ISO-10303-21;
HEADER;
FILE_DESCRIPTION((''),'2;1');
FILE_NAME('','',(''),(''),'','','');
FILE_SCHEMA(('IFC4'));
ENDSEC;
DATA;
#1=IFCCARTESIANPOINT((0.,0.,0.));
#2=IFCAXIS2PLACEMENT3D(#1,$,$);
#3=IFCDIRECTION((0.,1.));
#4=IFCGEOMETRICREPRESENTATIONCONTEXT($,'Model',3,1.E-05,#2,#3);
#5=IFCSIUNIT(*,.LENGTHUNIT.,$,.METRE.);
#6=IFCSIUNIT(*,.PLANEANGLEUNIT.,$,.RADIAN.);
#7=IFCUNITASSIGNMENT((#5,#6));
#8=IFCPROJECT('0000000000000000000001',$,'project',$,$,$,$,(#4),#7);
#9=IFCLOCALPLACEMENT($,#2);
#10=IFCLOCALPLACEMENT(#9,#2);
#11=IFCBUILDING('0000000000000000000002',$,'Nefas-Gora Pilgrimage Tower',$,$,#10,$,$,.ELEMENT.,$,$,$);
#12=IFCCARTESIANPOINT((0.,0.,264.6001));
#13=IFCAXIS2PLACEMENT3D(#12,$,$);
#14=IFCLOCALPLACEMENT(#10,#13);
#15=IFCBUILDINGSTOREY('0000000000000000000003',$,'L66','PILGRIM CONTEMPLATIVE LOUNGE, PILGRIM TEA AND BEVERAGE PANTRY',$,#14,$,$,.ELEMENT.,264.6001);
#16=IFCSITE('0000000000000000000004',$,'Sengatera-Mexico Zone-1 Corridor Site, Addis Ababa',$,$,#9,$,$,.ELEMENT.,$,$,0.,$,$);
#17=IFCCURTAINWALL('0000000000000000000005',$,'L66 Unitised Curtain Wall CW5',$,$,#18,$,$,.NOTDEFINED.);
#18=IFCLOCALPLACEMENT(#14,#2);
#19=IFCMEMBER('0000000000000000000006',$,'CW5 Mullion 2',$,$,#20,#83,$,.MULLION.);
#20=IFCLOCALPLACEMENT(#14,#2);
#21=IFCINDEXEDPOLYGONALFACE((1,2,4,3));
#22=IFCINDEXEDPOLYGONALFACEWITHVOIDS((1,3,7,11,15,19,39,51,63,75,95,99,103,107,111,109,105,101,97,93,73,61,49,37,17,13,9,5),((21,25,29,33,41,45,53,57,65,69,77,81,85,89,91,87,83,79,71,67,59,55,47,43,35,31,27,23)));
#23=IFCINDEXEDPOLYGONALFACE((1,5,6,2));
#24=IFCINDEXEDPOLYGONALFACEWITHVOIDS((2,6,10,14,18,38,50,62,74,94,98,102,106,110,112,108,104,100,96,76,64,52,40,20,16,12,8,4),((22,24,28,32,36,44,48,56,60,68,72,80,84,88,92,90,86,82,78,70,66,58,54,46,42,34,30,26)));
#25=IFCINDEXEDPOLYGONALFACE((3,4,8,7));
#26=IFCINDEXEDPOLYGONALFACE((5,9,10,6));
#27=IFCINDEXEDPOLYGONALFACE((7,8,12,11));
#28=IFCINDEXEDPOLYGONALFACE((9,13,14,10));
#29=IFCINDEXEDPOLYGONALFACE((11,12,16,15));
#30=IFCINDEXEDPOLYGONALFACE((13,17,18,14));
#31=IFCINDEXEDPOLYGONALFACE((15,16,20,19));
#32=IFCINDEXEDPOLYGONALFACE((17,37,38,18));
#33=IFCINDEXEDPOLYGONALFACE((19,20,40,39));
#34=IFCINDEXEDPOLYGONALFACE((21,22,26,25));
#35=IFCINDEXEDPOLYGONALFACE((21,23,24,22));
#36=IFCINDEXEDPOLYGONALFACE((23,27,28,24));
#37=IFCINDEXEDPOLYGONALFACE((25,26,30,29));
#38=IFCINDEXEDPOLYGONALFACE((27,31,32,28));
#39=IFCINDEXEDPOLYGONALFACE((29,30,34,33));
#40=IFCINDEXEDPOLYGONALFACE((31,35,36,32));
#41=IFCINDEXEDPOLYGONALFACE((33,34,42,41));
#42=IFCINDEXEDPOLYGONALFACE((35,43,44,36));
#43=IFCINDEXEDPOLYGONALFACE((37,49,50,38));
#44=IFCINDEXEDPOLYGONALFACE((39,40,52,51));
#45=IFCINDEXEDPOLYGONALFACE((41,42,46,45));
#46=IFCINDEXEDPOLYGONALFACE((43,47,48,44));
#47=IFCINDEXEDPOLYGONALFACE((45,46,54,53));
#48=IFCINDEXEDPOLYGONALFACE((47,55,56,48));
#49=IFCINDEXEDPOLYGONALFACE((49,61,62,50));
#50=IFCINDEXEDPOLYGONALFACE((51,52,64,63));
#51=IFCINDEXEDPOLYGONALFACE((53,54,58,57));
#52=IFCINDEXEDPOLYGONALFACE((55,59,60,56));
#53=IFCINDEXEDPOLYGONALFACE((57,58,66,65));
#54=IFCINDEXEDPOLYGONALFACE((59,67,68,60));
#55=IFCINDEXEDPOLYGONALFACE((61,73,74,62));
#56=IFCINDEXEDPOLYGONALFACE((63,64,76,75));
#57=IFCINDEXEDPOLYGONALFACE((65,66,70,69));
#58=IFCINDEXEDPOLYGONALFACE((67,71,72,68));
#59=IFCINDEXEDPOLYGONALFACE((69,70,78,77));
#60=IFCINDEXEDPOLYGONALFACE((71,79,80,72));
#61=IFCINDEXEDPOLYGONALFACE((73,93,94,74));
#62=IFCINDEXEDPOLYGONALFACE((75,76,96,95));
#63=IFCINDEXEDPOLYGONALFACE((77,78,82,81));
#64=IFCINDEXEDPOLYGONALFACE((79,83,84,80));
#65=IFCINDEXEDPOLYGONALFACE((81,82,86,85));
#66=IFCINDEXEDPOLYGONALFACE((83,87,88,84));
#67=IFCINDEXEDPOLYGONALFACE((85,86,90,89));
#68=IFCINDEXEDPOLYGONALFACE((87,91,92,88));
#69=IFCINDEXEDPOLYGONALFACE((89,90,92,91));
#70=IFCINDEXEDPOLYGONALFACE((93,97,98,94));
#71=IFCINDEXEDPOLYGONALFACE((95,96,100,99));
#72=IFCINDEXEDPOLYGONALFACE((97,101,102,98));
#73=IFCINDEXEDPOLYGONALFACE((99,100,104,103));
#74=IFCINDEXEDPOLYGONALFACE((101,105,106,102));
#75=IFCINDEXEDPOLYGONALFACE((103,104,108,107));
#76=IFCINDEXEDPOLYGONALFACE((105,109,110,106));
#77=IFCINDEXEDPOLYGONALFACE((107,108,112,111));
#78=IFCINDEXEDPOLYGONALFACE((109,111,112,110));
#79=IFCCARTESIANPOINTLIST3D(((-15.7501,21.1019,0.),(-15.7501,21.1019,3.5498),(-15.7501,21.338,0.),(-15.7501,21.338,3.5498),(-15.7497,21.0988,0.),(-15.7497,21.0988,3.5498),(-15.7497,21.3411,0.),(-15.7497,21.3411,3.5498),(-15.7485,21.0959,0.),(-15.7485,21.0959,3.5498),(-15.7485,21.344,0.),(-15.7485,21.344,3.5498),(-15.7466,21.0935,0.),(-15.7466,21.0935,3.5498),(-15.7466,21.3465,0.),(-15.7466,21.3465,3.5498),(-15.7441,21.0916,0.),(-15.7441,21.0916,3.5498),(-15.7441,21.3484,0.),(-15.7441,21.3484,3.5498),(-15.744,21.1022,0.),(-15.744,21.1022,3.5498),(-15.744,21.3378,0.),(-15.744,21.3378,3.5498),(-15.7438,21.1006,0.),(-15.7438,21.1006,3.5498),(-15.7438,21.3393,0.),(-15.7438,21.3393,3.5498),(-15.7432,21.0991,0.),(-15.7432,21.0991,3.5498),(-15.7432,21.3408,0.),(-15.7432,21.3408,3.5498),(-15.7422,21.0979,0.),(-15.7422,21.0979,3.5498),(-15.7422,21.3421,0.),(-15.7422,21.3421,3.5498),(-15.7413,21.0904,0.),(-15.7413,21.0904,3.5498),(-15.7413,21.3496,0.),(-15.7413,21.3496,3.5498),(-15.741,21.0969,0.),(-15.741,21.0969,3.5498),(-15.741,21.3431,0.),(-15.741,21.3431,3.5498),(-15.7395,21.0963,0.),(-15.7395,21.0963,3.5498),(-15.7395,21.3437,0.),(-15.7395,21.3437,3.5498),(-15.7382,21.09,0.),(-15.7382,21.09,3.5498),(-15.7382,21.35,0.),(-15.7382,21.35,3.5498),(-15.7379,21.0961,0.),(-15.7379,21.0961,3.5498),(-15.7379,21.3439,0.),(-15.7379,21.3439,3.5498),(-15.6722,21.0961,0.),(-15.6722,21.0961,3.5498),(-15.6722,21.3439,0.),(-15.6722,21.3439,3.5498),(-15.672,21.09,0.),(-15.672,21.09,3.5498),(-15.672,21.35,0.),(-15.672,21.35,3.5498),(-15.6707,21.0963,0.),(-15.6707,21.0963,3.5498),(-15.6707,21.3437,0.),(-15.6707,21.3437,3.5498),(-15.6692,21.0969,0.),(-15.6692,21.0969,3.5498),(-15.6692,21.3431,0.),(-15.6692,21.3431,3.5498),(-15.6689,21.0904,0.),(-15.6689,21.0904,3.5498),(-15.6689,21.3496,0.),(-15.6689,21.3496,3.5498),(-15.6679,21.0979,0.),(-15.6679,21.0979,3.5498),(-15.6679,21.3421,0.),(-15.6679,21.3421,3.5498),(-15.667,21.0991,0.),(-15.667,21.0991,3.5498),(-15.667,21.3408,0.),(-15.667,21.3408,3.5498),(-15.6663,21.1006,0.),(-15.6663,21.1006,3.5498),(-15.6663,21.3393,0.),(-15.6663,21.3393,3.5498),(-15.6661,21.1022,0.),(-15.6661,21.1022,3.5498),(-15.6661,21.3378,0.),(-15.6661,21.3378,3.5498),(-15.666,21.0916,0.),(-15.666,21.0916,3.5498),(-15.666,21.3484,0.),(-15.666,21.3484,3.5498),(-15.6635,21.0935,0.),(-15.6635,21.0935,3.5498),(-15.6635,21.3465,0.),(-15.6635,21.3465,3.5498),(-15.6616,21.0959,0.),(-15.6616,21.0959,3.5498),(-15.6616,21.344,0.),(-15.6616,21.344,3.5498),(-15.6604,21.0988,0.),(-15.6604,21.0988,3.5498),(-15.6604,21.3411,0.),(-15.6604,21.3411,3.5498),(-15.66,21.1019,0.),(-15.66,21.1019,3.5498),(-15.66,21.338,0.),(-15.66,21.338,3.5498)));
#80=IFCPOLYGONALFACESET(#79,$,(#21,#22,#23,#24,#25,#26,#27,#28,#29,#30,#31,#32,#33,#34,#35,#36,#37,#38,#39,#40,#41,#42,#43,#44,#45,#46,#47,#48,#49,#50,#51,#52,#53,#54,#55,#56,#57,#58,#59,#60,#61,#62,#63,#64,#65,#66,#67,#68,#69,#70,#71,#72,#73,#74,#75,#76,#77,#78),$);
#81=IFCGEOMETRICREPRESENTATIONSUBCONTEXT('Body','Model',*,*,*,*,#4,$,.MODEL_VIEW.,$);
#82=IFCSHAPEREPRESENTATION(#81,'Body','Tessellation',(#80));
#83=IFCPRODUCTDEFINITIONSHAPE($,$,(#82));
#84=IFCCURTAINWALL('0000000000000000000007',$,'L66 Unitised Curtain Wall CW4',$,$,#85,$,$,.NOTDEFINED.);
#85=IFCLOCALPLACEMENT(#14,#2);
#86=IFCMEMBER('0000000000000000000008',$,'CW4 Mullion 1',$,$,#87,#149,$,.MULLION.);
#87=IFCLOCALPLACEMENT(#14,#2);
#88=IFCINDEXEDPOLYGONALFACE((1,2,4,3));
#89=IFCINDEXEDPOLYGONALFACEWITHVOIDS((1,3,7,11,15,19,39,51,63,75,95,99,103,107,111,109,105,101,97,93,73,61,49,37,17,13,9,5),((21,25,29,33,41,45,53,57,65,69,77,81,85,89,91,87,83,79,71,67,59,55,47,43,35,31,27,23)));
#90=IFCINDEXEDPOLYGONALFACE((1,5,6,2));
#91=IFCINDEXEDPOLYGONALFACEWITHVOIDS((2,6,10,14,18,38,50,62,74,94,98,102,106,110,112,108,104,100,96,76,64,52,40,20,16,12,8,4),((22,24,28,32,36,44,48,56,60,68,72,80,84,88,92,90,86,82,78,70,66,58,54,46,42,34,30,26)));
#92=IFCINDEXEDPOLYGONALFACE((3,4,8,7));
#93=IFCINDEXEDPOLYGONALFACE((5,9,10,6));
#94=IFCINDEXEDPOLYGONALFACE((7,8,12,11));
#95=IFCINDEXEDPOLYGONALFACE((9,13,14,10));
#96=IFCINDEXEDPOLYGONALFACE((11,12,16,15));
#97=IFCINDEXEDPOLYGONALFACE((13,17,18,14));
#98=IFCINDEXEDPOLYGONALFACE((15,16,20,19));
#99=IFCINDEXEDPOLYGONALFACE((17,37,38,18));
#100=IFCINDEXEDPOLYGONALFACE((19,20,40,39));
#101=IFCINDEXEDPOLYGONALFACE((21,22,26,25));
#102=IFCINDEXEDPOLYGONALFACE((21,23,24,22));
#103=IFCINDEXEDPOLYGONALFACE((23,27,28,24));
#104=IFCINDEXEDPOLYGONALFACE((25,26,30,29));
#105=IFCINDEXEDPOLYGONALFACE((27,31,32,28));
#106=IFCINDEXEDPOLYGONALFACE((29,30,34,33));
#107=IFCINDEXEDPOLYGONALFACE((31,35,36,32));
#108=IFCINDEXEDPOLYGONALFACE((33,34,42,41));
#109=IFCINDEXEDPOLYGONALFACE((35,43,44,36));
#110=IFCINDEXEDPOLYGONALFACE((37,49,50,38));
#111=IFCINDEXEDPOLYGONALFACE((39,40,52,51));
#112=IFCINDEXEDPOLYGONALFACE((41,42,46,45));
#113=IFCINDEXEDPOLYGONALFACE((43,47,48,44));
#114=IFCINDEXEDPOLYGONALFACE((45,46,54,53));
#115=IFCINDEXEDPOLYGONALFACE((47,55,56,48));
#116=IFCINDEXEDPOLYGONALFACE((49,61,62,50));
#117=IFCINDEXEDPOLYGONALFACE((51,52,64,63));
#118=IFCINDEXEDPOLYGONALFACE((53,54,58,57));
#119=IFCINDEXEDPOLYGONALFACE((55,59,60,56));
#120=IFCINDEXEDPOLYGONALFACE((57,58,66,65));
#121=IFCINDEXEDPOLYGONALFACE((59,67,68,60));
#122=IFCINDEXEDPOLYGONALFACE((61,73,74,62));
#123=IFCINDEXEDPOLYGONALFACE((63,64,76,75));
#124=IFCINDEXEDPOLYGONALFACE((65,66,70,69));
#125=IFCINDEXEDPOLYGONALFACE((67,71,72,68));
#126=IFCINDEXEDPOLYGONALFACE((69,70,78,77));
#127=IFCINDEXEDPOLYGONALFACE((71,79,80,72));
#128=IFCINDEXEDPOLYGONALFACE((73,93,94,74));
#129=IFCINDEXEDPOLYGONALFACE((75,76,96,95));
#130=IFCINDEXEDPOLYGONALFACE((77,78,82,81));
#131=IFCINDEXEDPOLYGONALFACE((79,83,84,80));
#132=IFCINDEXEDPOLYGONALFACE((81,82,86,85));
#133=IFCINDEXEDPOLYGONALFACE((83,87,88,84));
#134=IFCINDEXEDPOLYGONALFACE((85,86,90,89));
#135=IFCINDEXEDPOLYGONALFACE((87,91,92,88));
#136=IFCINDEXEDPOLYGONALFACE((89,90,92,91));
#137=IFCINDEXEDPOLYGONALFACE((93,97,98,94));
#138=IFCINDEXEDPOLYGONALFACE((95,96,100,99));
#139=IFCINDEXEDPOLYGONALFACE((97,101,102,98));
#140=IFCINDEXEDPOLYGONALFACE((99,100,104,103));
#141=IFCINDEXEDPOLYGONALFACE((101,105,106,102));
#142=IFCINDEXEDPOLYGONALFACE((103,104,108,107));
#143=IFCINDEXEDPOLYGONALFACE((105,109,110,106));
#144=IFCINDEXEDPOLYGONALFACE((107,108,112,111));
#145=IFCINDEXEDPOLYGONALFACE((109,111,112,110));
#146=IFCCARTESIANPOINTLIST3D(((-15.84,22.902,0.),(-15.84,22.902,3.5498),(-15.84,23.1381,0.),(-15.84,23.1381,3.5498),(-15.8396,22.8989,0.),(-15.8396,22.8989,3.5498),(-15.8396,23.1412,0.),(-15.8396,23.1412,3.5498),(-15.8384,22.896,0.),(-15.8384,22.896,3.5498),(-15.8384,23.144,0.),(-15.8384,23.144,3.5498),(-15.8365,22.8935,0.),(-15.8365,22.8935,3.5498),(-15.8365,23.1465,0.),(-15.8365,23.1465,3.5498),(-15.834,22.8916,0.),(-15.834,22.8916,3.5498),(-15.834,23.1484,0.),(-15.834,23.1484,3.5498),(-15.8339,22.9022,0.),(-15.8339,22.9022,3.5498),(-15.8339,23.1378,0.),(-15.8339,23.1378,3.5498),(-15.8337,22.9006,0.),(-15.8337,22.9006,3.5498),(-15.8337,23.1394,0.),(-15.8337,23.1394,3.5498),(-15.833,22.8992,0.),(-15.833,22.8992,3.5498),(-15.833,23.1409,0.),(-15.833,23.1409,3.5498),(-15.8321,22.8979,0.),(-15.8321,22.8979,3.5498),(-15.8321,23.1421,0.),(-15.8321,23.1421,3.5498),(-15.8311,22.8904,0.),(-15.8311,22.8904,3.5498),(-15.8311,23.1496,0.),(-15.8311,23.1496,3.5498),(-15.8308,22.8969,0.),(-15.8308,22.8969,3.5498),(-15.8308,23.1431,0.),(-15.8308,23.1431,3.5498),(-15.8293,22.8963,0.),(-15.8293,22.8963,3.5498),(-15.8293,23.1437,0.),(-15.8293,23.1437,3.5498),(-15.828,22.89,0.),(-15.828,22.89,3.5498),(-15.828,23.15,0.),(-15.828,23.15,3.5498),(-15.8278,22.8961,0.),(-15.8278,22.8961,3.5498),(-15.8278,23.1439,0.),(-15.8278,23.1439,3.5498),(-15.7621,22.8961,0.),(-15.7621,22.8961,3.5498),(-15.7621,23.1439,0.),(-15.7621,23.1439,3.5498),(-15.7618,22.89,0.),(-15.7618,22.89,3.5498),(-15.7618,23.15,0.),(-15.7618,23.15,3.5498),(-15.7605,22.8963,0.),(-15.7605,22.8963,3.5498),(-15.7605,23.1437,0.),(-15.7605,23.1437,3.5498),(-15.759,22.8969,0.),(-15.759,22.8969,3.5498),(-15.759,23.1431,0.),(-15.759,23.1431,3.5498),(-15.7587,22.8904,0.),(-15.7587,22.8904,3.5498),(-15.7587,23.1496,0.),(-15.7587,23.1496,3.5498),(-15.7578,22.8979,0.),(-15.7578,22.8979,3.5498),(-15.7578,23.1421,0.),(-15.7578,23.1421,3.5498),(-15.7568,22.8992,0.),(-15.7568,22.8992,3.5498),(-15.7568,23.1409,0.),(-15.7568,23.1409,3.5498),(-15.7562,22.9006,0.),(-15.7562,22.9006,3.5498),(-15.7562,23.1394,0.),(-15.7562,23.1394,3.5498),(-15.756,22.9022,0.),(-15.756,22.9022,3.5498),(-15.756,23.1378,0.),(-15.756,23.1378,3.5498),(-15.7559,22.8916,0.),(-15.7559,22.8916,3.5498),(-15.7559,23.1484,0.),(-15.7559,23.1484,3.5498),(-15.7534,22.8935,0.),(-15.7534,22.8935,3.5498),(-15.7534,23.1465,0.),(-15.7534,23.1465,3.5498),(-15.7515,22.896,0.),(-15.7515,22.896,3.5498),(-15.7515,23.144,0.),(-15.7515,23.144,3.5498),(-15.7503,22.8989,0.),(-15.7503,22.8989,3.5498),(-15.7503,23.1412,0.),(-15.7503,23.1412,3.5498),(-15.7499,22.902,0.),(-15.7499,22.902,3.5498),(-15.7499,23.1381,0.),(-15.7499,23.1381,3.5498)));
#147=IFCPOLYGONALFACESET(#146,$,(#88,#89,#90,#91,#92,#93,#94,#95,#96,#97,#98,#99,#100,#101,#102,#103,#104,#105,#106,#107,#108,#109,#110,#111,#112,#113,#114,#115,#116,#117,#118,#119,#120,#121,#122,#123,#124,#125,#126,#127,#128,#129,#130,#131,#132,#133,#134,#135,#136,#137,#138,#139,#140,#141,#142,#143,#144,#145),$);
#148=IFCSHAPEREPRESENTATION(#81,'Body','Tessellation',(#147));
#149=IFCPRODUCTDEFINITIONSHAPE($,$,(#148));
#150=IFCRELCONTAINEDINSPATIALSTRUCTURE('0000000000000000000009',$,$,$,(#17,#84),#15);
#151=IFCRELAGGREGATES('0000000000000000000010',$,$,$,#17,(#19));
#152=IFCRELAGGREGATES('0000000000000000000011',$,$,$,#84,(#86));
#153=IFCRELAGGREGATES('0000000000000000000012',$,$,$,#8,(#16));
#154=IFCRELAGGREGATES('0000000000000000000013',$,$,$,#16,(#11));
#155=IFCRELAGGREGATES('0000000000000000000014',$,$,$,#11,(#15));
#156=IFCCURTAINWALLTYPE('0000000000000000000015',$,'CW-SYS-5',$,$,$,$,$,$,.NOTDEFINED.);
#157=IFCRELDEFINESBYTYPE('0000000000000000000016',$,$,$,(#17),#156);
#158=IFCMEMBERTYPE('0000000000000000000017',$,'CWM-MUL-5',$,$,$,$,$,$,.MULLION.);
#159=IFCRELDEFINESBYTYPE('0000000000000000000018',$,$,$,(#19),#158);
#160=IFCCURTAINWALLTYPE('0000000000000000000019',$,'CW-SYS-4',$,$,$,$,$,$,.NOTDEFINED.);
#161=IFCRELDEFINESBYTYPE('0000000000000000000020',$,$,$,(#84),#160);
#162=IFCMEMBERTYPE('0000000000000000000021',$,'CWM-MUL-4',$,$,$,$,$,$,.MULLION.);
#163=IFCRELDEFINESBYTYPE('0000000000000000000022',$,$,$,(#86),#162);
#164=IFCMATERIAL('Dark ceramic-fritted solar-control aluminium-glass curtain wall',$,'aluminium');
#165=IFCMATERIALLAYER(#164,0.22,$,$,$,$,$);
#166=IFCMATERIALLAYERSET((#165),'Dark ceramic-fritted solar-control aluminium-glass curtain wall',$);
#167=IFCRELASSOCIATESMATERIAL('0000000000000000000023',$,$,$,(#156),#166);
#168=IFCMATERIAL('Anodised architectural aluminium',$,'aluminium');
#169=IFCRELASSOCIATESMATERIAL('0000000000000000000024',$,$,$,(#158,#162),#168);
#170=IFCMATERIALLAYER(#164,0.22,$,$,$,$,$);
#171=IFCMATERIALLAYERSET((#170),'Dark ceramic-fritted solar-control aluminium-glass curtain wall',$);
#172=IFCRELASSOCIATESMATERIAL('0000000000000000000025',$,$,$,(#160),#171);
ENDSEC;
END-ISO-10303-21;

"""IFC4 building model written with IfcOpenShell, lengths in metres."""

from ifc_helpers import new_model, si_unit, direction, frame, origin, origin_2d, place, context, subcontext, project, spatial, hollow_rectangle, extrude, source, transform, mapped, material, layer, layer_set, material_profile, profile_set, type_object, element, aggregate, save


model = new_model("IFC4")

# Units and contexts
model_context = context("Model", 3, precision=1e-05, world=origin(), true_north=direction((0.0, 1.0)))
body_context = subcontext(model_context, "Body", "Model", "MODEL_VIEW")
ifc_project = project(units=[si_unit("LENGTHUNIT", "METRE"), si_unit("PLANEANGLEUNIT", "RADIAN")], contexts=[model_context])

# Site, building, storey
site_placement = place(None, origin())
site = spatial("IfcSite", under=ifc_project, at=site_placement, Name="Sengatera-Mexico Zone-1 Corridor Site, Addis Ababa", CompositionType="ELEMENT", RefElevation=0.0)
building_placement = place(site_placement, origin())
building = spatial("IfcBuilding", under=site, at=building_placement, Name="Nefas-Gora Pilgrimage Tower", CompositionType="ELEMENT")
storey_placement = place(building_placement, frame((0.0, 0.0, 264.6001)))
storey = spatial("IfcBuildingStorey", under=building, at=storey_placement, Name="L66", Description="PILGRIM CONTEMPLATIVE LOUNGE, PILGRIM TEA AND BEVERAGE PANTRY", CompositionType="ELEMENT", Elevation=264.6001)

# Curtain walls, members
ifc_material_1 = material(Name="Dark ceramic-fritted solar-control aluminium-glass curtain wall", Category="aluminium")
ifc_layer_1 = layer(ifc_material_1, 0.22)
ifc_layer_set_1 = layer_set([ifc_layer_1], Name="Dark ceramic-fritted solar-control aluminium-glass curtain wall")
curtain_wall_type_1 = type_object("IfcCurtainWallType", Name="CW-SYS-5", PredefinedType="NOTDEFINED", material=ifc_layer_set_1)
curtain_wall_1_placement = place(storey_placement, origin())
curtain_wall_1 = element("IfcCurtainWall", 1, at=curtain_wall_1_placement, inside=storey, type_object=curtain_wall_type_1, Name="L66 Unitised Curtain Wall CW5", PredefinedType="NOTDEFINED")
ifc_material_2 = material(Name="Anodised architectural aluminium", Category="aluminium")
ifc_material_profile_1 = material_profile(ifc_material_2, hollow_rectangle(XDim=0.0901, YDim=0.26, WallThickness=0.0061, InnerFilletRadius=0.0061, OuterFilletRadius=0.012, at=origin_2d()), Name="ALU MULLION 90x260")
ifc_profile_set_1 = profile_set([ifc_material_profile_1], Name="Anodised architectural aluminium")
member_type_1 = type_object("IfcMemberType", Name="CWM-MUL-5", PredefinedType="MULLION", material=ifc_profile_set_1)
shared_shape_1 = source(origin(), body_context, "Body", "SweptSolid", [
    extrude(hollow_rectangle(XDim=0.0901, YDim=0.26, WallThickness=0.0061, InnerFilletRadius=0.0061, OuterFilletRadius=0.012, at=origin_2d()), origin(), (0.0, 0.0, 1.0), 3.5498),
])
member_1_placement = place(storey_placement, frame((-15.7051, 21.22, 0.0), z_axis=(0.0, 0.0, 1.0), x_axis=(-1.0, 0.0, 0.0)))
member_1 = element("IfcMember", 2, at=member_1_placement, type_object=member_type_1, Name="CW5 Mullion 2", PredefinedType="MULLION", context=body_context, shape_type="MappedRepresentation", body=[
    mapped(shared_shape_1, transform((0.0, 0.0, 0.0), x_axis=(1.0, 0.0, 0.0), y_axis=(0.0, 1.0, 0.0), z_axis=(0.0, 0.0, 1.0), scale=1.0)),
])
ifc_layer_2 = layer(ifc_material_1, 0.22)
ifc_layer_set_2 = layer_set([ifc_layer_2], Name="Dark ceramic-fritted solar-control aluminium-glass curtain wall")
curtain_wall_type_2 = type_object("IfcCurtainWallType", Name="CW-SYS-4", PredefinedType="NOTDEFINED", material=ifc_layer_set_2)
curtain_wall_2_placement = place(storey_placement, origin())
curtain_wall_2 = element("IfcCurtainWall", 3, at=curtain_wall_2_placement, inside=storey, type_object=curtain_wall_type_2, Name="L66 Unitised Curtain Wall CW4", PredefinedType="NOTDEFINED")
ifc_material_profile_2 = material_profile(ifc_material_2, hollow_rectangle(XDim=0.0901, YDim=0.26, WallThickness=0.0061, InnerFilletRadius=0.0061, OuterFilletRadius=0.012, at=origin_2d()), Name="ALU MULLION 90x260")
ifc_profile_set_2 = profile_set([ifc_material_profile_2], Name="Anodised architectural aluminium")
member_type_2 = type_object("IfcMemberType", Name="CWM-MUL-4", PredefinedType="MULLION", material=ifc_profile_set_2)
shared_shape_2 = source(origin(), body_context, "Body", "SweptSolid", [
    extrude(hollow_rectangle(XDim=0.0901, YDim=0.26, WallThickness=0.0061, InnerFilletRadius=0.0061, OuterFilletRadius=0.012, at=origin_2d()), origin(), (0.0, 0.0, 1.0), 3.5498),
])
member_2_placement = place(storey_placement, frame((-15.7949, 23.02, 0.0), z_axis=(0.0, 0.0, 1.0), x_axis=(-1.0, 0.0, 0.0)))
member_2 = element("IfcMember", 4, at=member_2_placement, type_object=member_type_2, Name="CW4 Mullion 1", PredefinedType="MULLION", context=body_context, shape_type="MappedRepresentation", body=[
    mapped(shared_shape_2, transform((0.0, 0.0, 0.0), x_axis=(1.0, 0.0, 0.0), y_axis=(0.0, 1.0, 0.0), z_axis=(0.0, 0.0, 1.0), scale=1.0)),
])

aggregate(curtain_wall_1, [member_1])
aggregate(curtain_wall_2, [member_2])

save(model, "model.ifc")
